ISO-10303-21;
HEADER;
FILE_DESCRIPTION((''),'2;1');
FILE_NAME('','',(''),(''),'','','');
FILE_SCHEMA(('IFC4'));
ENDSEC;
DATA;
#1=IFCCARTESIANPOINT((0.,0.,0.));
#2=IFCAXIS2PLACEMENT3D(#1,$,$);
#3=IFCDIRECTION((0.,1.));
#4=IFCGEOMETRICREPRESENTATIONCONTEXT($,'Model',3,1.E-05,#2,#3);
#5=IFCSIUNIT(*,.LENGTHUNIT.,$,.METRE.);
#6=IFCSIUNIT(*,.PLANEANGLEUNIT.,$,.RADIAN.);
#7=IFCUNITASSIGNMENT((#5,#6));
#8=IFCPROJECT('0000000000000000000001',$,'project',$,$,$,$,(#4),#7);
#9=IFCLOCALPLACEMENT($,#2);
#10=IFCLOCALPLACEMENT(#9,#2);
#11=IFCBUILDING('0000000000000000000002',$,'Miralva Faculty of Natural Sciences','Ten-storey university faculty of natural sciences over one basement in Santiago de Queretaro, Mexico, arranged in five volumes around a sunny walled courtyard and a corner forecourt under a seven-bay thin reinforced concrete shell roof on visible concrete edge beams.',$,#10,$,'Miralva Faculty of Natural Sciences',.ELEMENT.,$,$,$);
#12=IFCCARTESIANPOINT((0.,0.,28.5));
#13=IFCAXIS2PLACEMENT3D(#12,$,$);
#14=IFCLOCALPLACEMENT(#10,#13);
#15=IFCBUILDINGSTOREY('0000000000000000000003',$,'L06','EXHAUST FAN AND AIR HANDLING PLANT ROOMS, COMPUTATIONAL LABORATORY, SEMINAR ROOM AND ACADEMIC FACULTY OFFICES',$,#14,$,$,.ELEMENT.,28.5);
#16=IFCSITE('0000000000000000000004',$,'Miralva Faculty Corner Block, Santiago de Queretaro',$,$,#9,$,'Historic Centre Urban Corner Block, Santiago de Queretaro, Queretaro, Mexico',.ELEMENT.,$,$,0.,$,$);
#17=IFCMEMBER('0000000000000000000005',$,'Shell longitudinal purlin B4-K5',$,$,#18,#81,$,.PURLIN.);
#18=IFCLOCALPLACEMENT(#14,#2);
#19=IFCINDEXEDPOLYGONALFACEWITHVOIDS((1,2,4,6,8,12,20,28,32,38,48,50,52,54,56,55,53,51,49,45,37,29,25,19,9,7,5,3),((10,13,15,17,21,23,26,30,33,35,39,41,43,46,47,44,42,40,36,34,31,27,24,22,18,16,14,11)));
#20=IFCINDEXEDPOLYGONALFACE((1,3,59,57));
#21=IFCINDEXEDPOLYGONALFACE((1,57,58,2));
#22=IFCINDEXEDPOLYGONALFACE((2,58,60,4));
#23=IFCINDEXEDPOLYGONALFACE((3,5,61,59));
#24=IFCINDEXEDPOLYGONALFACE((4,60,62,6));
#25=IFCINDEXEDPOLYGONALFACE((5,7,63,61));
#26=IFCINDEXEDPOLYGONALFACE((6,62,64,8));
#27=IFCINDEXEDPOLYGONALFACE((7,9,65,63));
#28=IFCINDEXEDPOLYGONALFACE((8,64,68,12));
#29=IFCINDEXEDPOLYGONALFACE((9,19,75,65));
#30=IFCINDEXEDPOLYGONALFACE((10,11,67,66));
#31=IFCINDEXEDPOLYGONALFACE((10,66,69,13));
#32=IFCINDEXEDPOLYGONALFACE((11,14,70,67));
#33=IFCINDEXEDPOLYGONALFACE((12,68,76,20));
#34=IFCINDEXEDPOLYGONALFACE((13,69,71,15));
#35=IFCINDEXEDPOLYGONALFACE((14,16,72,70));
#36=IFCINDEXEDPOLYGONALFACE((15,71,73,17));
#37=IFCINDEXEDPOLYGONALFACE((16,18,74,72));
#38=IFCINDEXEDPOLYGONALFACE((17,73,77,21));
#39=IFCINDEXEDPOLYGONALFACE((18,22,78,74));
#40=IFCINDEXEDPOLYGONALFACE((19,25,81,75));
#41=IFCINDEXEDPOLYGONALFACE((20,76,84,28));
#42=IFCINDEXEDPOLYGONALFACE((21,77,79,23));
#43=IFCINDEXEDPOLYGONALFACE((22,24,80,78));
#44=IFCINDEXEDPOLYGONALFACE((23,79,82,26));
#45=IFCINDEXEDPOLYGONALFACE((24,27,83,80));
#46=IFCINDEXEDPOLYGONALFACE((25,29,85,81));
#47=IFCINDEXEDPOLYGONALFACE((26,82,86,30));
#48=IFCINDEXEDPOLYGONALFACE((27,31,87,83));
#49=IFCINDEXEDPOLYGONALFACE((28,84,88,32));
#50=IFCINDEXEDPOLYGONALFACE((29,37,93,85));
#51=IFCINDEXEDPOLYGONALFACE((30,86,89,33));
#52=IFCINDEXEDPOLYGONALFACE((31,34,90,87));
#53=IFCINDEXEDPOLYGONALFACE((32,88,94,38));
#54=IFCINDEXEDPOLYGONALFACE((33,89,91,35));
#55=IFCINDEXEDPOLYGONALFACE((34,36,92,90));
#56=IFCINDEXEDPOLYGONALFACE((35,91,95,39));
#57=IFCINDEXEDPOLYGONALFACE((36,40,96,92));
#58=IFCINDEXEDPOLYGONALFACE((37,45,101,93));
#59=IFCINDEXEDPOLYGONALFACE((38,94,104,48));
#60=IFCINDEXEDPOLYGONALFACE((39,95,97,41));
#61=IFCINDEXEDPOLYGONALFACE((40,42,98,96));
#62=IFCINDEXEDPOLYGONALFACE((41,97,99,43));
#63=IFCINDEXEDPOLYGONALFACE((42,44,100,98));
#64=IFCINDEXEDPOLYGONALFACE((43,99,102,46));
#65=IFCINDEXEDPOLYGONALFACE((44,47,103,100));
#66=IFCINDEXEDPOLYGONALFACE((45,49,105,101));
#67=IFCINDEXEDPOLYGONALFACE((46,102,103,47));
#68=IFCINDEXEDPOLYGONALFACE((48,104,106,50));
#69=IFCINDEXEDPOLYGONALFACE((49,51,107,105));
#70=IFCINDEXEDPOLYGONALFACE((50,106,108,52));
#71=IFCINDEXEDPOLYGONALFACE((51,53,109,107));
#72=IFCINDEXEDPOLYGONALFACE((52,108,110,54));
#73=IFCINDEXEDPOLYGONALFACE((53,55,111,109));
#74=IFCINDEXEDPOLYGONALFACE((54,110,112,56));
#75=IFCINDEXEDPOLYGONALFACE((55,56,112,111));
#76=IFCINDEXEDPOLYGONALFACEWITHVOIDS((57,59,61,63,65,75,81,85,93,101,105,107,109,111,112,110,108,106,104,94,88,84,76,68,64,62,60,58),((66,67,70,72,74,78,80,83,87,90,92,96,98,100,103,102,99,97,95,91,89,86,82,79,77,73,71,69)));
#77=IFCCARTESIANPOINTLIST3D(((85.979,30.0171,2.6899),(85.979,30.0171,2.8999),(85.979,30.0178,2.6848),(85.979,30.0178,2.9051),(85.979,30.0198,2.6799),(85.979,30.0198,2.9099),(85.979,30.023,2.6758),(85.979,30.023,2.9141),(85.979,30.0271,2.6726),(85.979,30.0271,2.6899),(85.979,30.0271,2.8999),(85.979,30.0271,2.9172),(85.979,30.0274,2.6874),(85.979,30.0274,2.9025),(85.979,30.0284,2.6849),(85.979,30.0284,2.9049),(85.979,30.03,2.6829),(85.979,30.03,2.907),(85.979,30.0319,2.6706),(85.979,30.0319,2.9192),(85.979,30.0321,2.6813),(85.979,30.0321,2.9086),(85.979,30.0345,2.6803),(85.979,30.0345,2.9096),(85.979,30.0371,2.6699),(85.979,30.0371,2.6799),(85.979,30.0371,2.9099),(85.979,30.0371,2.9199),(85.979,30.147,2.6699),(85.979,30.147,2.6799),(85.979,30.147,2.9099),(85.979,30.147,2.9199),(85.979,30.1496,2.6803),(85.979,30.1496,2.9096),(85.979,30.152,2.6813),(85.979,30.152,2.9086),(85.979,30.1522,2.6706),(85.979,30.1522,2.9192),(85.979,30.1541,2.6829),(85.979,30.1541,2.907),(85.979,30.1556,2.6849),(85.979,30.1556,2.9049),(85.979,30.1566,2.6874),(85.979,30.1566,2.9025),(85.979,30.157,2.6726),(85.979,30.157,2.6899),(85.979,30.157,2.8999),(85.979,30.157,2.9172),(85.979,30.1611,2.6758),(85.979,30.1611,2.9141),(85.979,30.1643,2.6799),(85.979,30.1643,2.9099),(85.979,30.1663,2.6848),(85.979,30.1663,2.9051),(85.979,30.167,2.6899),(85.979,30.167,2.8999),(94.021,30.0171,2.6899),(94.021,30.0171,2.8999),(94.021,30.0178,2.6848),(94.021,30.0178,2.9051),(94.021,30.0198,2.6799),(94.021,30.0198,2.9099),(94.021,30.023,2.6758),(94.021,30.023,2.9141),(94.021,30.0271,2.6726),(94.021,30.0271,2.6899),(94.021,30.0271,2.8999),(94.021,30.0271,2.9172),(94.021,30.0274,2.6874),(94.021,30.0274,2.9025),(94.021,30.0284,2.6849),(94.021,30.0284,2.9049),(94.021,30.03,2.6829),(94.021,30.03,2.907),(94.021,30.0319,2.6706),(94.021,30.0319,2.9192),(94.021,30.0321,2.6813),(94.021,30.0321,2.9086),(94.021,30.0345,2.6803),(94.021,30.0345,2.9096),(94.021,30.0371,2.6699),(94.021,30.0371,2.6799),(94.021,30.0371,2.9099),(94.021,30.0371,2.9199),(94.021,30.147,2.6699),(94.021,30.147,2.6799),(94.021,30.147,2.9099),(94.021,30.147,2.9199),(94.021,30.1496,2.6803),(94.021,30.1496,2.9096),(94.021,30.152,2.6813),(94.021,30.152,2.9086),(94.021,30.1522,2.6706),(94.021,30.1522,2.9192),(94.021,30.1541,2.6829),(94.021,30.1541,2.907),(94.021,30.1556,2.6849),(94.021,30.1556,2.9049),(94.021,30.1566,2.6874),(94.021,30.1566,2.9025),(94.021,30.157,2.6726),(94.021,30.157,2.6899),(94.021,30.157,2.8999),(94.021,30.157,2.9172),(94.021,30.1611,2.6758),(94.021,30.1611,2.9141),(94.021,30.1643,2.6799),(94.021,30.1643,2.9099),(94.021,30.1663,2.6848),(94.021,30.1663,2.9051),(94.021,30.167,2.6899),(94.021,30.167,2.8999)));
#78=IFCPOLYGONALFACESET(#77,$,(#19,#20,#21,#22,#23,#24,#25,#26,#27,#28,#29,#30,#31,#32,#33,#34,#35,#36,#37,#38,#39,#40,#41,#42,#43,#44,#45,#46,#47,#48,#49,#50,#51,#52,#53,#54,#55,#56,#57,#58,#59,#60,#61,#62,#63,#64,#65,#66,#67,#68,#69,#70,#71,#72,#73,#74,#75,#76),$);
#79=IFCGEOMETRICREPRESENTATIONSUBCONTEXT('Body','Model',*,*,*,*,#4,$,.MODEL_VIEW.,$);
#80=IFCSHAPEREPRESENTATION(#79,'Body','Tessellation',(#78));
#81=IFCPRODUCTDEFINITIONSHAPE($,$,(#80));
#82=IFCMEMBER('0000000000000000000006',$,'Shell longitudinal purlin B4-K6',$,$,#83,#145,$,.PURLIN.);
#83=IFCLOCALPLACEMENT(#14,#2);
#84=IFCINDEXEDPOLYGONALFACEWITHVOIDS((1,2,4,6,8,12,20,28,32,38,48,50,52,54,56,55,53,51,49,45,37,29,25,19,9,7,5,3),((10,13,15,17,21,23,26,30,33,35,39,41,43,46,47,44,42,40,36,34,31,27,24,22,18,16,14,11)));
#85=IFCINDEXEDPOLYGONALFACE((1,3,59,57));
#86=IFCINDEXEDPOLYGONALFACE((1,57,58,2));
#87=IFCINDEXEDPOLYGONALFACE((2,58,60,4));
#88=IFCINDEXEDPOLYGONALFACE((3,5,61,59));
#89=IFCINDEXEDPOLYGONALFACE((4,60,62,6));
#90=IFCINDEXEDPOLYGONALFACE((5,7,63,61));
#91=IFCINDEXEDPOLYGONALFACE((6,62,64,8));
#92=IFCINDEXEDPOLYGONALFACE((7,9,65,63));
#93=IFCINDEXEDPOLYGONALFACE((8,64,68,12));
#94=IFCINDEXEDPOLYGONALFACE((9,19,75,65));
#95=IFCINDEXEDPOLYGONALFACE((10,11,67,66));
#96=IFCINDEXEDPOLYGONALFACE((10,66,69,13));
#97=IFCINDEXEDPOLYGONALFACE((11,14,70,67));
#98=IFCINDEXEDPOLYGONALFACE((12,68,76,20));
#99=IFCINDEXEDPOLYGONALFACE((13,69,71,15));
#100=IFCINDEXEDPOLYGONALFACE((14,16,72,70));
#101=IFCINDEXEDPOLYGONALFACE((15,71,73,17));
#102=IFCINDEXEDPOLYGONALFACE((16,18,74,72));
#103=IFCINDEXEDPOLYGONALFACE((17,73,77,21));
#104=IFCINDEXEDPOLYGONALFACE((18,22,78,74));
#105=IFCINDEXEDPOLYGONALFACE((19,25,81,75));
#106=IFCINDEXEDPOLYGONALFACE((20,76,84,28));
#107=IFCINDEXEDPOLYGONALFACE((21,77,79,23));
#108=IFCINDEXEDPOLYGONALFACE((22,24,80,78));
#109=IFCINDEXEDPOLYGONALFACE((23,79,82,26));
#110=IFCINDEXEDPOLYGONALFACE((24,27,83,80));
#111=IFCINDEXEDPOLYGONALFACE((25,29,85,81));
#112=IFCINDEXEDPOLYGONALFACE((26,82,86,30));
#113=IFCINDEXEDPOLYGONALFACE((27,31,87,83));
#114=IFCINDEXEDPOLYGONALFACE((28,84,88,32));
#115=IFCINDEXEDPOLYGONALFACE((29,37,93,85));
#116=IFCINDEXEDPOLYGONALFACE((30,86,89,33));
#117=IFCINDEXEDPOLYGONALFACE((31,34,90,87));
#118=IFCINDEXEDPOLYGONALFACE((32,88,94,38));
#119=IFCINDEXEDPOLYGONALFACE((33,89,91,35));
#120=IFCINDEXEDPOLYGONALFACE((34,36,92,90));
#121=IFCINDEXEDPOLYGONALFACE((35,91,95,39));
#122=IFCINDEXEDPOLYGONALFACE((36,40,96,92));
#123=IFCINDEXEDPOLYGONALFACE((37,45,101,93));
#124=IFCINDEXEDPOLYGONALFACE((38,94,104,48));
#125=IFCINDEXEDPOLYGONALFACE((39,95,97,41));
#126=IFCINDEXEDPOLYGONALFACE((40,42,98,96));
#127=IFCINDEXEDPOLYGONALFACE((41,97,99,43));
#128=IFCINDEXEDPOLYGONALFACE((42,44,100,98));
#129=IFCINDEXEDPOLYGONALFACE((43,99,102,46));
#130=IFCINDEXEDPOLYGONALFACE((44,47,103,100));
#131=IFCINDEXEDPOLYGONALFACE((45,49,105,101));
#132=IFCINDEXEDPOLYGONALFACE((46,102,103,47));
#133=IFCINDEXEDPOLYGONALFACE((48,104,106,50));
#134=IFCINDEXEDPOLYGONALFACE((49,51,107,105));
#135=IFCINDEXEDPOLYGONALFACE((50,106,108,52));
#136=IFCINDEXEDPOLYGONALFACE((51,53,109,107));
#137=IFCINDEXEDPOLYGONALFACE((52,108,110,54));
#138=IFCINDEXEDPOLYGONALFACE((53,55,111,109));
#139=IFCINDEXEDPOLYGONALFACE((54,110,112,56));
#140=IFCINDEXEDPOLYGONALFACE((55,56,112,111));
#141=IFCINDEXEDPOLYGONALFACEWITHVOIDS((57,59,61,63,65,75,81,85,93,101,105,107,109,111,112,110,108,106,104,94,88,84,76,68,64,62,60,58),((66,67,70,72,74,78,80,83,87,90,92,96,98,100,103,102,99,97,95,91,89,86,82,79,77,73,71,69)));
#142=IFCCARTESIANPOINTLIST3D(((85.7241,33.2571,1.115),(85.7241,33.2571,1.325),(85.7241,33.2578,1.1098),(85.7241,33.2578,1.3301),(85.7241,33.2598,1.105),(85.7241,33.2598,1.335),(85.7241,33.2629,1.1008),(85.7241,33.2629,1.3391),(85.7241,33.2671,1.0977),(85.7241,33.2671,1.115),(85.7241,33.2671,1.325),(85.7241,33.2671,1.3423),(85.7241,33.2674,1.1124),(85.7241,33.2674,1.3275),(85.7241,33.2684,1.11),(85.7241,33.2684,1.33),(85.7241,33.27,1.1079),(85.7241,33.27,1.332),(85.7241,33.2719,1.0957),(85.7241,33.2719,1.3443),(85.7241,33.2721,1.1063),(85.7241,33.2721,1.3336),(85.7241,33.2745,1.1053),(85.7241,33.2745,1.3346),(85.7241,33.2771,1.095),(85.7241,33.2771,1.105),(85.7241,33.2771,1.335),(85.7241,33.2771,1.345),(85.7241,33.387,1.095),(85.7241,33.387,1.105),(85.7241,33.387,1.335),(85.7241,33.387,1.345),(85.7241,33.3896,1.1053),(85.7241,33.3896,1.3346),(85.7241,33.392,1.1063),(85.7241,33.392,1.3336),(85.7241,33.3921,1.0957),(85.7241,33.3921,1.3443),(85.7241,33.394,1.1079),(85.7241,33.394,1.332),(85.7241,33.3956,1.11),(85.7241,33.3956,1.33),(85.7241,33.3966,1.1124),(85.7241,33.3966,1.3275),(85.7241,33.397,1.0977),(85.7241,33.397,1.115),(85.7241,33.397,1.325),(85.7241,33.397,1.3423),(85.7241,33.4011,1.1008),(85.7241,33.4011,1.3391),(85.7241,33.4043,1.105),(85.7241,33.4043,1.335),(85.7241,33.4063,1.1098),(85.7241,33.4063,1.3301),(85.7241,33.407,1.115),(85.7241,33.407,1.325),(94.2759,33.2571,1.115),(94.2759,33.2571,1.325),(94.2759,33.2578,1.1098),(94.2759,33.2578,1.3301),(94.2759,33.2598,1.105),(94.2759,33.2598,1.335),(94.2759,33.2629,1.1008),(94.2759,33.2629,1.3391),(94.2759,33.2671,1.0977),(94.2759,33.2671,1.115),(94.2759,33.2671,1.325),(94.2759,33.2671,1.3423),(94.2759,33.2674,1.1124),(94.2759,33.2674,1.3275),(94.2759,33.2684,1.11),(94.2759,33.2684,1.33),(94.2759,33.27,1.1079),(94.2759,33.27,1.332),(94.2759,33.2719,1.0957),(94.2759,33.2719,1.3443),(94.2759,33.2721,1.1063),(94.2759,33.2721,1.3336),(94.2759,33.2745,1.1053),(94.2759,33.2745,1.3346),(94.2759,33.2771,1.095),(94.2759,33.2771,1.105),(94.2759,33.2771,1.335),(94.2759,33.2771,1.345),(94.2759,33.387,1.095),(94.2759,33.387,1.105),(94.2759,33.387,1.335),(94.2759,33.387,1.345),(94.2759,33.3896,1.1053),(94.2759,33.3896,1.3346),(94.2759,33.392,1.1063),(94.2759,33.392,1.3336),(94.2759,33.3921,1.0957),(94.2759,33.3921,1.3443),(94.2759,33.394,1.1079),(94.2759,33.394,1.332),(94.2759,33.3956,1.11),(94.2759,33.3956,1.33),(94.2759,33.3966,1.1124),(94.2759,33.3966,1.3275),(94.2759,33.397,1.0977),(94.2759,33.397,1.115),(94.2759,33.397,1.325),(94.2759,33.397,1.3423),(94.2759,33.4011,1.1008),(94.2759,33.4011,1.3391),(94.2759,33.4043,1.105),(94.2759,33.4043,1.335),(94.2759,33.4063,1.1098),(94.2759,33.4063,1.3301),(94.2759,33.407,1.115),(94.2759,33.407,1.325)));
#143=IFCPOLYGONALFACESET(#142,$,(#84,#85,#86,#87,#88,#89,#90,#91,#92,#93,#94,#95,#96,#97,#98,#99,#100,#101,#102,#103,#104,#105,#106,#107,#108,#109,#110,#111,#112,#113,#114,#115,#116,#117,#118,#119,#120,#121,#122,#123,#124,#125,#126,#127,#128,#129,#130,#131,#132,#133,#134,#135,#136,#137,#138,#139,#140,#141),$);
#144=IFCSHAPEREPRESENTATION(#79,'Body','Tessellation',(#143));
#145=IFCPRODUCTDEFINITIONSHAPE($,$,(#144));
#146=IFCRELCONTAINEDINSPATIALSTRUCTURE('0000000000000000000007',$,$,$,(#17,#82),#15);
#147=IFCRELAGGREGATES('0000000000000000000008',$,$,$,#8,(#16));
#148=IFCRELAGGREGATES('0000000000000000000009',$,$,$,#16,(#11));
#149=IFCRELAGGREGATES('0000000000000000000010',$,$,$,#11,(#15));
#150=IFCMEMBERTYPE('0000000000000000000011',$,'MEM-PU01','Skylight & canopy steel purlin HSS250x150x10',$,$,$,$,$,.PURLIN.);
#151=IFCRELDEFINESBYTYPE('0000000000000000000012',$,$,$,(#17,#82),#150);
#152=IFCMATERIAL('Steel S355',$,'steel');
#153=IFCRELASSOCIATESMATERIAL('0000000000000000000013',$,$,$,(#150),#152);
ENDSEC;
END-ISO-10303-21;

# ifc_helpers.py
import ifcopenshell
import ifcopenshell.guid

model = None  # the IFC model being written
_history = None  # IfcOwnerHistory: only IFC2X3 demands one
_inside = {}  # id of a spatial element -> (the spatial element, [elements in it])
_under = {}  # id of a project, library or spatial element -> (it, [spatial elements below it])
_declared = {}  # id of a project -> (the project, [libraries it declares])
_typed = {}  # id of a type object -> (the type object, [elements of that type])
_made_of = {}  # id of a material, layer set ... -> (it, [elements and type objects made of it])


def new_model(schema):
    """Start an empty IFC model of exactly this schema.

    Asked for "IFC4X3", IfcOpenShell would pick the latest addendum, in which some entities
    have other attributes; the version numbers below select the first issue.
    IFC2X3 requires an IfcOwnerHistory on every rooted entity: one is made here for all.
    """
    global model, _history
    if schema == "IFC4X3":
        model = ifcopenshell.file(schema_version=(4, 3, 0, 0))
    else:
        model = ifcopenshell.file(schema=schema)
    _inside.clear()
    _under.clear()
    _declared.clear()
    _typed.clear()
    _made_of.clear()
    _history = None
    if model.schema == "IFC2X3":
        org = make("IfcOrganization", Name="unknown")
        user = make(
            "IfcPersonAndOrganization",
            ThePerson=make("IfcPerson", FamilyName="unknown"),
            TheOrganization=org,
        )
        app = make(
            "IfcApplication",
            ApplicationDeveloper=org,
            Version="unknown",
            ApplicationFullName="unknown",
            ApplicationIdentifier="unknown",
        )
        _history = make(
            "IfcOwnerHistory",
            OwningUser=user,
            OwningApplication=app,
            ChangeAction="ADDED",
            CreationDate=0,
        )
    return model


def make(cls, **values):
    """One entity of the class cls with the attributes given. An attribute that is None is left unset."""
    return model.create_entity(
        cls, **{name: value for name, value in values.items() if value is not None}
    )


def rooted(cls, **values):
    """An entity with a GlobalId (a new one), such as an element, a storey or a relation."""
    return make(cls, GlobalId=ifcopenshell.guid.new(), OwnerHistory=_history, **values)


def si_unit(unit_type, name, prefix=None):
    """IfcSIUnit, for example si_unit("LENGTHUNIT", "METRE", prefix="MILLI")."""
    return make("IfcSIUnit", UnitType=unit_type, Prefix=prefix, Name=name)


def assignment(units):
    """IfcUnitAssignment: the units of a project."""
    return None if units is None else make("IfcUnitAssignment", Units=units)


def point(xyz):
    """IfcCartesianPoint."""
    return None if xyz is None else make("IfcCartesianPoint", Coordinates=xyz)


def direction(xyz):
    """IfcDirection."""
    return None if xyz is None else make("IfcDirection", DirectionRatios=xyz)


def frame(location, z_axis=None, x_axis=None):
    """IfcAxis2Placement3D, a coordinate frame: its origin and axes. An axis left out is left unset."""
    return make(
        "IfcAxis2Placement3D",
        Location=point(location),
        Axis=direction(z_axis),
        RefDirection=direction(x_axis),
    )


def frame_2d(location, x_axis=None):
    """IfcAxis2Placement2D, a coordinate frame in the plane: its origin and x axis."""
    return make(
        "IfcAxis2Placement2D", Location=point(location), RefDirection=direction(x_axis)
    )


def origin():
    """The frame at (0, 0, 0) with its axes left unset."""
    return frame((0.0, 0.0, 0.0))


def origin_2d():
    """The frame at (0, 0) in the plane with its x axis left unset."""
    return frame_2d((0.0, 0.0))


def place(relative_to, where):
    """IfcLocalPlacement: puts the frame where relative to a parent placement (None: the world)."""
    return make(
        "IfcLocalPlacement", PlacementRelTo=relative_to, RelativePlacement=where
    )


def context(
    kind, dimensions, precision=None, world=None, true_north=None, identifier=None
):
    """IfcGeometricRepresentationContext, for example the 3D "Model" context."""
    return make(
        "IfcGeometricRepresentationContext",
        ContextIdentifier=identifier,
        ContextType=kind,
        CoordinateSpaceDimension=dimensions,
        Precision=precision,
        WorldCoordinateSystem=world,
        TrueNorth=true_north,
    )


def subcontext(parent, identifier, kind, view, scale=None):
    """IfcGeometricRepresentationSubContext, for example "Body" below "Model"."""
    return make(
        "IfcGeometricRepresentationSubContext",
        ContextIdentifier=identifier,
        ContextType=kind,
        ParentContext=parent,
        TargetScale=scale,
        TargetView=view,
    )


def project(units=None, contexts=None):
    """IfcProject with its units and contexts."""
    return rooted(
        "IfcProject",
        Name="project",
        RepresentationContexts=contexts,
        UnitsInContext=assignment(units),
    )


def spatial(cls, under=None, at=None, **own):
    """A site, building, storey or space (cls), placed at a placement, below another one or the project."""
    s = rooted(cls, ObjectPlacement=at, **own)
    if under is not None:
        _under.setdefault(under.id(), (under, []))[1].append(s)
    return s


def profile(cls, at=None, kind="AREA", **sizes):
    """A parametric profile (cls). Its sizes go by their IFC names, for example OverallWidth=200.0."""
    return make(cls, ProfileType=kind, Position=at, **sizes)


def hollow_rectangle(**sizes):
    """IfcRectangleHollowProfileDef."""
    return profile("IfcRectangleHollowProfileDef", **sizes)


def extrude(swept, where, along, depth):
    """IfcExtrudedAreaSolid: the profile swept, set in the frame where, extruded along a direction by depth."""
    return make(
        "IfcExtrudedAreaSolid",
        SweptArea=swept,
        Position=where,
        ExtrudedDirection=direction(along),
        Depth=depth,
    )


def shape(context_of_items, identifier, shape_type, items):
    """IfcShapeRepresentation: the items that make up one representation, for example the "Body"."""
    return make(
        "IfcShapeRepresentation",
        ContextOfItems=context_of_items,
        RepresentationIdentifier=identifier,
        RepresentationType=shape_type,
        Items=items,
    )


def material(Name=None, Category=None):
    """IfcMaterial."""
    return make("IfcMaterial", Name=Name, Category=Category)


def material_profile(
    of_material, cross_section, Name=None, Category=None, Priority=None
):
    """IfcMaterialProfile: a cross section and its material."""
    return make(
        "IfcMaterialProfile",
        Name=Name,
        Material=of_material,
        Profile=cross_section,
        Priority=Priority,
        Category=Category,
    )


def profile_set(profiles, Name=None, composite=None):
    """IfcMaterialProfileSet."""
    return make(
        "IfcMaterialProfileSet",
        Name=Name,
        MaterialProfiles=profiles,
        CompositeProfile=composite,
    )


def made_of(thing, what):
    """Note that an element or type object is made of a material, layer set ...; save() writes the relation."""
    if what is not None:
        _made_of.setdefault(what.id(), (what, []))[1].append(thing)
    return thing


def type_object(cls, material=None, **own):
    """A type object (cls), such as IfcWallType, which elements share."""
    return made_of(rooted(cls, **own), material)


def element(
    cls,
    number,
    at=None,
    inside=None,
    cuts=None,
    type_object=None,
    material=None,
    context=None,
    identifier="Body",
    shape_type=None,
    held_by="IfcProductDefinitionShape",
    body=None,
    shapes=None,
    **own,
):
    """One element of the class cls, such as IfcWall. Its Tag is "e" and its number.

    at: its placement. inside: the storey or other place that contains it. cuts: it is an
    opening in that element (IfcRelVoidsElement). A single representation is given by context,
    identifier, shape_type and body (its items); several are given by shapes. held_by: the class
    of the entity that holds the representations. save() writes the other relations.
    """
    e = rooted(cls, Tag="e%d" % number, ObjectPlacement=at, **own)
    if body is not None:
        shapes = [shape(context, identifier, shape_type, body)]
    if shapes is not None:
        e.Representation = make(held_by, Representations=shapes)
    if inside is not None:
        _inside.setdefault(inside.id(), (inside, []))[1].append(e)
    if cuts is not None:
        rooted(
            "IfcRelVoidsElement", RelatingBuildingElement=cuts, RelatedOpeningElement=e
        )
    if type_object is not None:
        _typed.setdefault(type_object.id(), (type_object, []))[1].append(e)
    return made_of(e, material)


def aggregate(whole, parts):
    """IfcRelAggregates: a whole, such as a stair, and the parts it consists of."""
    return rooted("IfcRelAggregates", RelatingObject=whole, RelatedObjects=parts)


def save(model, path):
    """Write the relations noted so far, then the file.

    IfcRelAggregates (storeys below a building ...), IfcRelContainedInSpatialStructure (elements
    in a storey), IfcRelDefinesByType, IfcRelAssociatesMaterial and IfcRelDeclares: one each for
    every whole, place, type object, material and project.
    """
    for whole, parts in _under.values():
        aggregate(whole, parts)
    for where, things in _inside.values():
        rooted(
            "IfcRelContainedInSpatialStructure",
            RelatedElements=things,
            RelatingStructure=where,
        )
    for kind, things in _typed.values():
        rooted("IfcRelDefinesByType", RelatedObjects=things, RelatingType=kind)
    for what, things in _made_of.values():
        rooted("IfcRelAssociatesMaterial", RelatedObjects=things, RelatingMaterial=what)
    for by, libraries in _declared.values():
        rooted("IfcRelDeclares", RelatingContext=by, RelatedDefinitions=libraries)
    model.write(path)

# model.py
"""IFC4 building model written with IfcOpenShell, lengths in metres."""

from ifc_helpers import new_model, si_unit, direction, frame, origin, origin_2d, place, context, subcontext, project, spatial, hollow_rectangle, extrude, material, material_profile, profile_set, type_object, element, save


model = new_model("IFC4")

# Units and contexts
model_context = context("Model", 3, precision=1e-05, world=origin(), true_north=direction((0.0, 1.0)))
body_context = subcontext(model_context, "Body", "Model", "MODEL_VIEW")
ifc_project = project(units=[si_unit("LENGTHUNIT", "METRE"), si_unit("PLANEANGLEUNIT", "RADIAN")], contexts=[model_context])

# Site, building, storey
site_placement = place(None, origin())
site = spatial("IfcSite", under=ifc_project, at=site_placement, Name="Miralva Faculty Corner Block, Santiago de Queretaro", LongName="Historic Centre Urban Corner Block, Santiago de Queretaro, Queretaro, Mexico", CompositionType="ELEMENT", RefElevation=0.0)
building_placement = place(site_placement, origin())
building = spatial("IfcBuilding", under=site, at=building_placement, Name="Miralva Faculty of Natural Sciences", Description="Ten-storey university faculty of natural sciences over one basement in Santiago de Queretaro, Mexico, arranged in five volumes around a sunny walled courtyard and a corner forecourt under a seven-bay thin reinforced concrete shell roof on visible concrete edge beams.", LongName="Miralva Faculty of Natural Sciences", CompositionType="ELEMENT")
storey_placement = place(building_placement, frame((0.0, 0.0, 28.5)))
storey = spatial("IfcBuildingStorey", under=building, at=storey_placement, Name="L06", Description="EXHAUST FAN AND AIR HANDLING PLANT ROOMS, COMPUTATIONAL LABORATORY, SEMINAR ROOM AND ACADEMIC FACULTY OFFICES", CompositionType="ELEMENT", Elevation=28.5)

# Members
ifc_material_1 = material(Name="Steel S355", Category="steel")
ifc_material_profile_1 = material_profile(ifc_material_1, hollow_rectangle(XDim=0.1499, YDim=0.25, WallThickness=0.01, InnerFilletRadius=0.01, OuterFilletRadius=0.02, at=origin_2d()), Name="HSS 250x150x10")
ifc_profile_set_1 = profile_set([ifc_material_profile_1], Name="Steel S355")
member_type = type_object("IfcMemberType", Name="MEM-PU01", Description="Skylight & canopy steel purlin HSS250x150x10", PredefinedType="PURLIN", material=ifc_profile_set_1)
member_1_placement = place(storey_placement, frame((85.979, 30.092, 2.7949), z_axis=(1.0, 0.0, 0.0), x_axis=(0.0, 1.0, 0.0)))
element("IfcMember", 1, at=member_1_placement, inside=storey, type_object=member_type, Name="Shell longitudinal purlin B4-K5", PredefinedType="PURLIN", context=body_context, shape_type="SweptSolid", body=[
    extrude(hollow_rectangle(XDim=0.1499, YDim=0.25, WallThickness=0.01, InnerFilletRadius=0.01, OuterFilletRadius=0.02, at=origin_2d()), origin(), (0.0, 0.0, 1.0), 8.042),
])
member_2_placement = place(storey_placement, frame((85.7241, 33.332, 1.22), z_axis=(1.0, 0.0, 0.0), x_axis=(0.0, 1.0, 0.0)))
element("IfcMember", 2, at=member_2_placement, inside=storey, type_object=member_type, Name="Shell longitudinal purlin B4-K6", PredefinedType="PURLIN", context=body_context, shape_type="SweptSolid", body=[
    extrude(hollow_rectangle(XDim=0.1499, YDim=0.25, WallThickness=0.01, InnerFilletRadius=0.01, OuterFilletRadius=0.02, at=origin_2d()), origin(), (0.0, 0.0, 1.0), 8.5518),
])

save(model, "model.ifc")
